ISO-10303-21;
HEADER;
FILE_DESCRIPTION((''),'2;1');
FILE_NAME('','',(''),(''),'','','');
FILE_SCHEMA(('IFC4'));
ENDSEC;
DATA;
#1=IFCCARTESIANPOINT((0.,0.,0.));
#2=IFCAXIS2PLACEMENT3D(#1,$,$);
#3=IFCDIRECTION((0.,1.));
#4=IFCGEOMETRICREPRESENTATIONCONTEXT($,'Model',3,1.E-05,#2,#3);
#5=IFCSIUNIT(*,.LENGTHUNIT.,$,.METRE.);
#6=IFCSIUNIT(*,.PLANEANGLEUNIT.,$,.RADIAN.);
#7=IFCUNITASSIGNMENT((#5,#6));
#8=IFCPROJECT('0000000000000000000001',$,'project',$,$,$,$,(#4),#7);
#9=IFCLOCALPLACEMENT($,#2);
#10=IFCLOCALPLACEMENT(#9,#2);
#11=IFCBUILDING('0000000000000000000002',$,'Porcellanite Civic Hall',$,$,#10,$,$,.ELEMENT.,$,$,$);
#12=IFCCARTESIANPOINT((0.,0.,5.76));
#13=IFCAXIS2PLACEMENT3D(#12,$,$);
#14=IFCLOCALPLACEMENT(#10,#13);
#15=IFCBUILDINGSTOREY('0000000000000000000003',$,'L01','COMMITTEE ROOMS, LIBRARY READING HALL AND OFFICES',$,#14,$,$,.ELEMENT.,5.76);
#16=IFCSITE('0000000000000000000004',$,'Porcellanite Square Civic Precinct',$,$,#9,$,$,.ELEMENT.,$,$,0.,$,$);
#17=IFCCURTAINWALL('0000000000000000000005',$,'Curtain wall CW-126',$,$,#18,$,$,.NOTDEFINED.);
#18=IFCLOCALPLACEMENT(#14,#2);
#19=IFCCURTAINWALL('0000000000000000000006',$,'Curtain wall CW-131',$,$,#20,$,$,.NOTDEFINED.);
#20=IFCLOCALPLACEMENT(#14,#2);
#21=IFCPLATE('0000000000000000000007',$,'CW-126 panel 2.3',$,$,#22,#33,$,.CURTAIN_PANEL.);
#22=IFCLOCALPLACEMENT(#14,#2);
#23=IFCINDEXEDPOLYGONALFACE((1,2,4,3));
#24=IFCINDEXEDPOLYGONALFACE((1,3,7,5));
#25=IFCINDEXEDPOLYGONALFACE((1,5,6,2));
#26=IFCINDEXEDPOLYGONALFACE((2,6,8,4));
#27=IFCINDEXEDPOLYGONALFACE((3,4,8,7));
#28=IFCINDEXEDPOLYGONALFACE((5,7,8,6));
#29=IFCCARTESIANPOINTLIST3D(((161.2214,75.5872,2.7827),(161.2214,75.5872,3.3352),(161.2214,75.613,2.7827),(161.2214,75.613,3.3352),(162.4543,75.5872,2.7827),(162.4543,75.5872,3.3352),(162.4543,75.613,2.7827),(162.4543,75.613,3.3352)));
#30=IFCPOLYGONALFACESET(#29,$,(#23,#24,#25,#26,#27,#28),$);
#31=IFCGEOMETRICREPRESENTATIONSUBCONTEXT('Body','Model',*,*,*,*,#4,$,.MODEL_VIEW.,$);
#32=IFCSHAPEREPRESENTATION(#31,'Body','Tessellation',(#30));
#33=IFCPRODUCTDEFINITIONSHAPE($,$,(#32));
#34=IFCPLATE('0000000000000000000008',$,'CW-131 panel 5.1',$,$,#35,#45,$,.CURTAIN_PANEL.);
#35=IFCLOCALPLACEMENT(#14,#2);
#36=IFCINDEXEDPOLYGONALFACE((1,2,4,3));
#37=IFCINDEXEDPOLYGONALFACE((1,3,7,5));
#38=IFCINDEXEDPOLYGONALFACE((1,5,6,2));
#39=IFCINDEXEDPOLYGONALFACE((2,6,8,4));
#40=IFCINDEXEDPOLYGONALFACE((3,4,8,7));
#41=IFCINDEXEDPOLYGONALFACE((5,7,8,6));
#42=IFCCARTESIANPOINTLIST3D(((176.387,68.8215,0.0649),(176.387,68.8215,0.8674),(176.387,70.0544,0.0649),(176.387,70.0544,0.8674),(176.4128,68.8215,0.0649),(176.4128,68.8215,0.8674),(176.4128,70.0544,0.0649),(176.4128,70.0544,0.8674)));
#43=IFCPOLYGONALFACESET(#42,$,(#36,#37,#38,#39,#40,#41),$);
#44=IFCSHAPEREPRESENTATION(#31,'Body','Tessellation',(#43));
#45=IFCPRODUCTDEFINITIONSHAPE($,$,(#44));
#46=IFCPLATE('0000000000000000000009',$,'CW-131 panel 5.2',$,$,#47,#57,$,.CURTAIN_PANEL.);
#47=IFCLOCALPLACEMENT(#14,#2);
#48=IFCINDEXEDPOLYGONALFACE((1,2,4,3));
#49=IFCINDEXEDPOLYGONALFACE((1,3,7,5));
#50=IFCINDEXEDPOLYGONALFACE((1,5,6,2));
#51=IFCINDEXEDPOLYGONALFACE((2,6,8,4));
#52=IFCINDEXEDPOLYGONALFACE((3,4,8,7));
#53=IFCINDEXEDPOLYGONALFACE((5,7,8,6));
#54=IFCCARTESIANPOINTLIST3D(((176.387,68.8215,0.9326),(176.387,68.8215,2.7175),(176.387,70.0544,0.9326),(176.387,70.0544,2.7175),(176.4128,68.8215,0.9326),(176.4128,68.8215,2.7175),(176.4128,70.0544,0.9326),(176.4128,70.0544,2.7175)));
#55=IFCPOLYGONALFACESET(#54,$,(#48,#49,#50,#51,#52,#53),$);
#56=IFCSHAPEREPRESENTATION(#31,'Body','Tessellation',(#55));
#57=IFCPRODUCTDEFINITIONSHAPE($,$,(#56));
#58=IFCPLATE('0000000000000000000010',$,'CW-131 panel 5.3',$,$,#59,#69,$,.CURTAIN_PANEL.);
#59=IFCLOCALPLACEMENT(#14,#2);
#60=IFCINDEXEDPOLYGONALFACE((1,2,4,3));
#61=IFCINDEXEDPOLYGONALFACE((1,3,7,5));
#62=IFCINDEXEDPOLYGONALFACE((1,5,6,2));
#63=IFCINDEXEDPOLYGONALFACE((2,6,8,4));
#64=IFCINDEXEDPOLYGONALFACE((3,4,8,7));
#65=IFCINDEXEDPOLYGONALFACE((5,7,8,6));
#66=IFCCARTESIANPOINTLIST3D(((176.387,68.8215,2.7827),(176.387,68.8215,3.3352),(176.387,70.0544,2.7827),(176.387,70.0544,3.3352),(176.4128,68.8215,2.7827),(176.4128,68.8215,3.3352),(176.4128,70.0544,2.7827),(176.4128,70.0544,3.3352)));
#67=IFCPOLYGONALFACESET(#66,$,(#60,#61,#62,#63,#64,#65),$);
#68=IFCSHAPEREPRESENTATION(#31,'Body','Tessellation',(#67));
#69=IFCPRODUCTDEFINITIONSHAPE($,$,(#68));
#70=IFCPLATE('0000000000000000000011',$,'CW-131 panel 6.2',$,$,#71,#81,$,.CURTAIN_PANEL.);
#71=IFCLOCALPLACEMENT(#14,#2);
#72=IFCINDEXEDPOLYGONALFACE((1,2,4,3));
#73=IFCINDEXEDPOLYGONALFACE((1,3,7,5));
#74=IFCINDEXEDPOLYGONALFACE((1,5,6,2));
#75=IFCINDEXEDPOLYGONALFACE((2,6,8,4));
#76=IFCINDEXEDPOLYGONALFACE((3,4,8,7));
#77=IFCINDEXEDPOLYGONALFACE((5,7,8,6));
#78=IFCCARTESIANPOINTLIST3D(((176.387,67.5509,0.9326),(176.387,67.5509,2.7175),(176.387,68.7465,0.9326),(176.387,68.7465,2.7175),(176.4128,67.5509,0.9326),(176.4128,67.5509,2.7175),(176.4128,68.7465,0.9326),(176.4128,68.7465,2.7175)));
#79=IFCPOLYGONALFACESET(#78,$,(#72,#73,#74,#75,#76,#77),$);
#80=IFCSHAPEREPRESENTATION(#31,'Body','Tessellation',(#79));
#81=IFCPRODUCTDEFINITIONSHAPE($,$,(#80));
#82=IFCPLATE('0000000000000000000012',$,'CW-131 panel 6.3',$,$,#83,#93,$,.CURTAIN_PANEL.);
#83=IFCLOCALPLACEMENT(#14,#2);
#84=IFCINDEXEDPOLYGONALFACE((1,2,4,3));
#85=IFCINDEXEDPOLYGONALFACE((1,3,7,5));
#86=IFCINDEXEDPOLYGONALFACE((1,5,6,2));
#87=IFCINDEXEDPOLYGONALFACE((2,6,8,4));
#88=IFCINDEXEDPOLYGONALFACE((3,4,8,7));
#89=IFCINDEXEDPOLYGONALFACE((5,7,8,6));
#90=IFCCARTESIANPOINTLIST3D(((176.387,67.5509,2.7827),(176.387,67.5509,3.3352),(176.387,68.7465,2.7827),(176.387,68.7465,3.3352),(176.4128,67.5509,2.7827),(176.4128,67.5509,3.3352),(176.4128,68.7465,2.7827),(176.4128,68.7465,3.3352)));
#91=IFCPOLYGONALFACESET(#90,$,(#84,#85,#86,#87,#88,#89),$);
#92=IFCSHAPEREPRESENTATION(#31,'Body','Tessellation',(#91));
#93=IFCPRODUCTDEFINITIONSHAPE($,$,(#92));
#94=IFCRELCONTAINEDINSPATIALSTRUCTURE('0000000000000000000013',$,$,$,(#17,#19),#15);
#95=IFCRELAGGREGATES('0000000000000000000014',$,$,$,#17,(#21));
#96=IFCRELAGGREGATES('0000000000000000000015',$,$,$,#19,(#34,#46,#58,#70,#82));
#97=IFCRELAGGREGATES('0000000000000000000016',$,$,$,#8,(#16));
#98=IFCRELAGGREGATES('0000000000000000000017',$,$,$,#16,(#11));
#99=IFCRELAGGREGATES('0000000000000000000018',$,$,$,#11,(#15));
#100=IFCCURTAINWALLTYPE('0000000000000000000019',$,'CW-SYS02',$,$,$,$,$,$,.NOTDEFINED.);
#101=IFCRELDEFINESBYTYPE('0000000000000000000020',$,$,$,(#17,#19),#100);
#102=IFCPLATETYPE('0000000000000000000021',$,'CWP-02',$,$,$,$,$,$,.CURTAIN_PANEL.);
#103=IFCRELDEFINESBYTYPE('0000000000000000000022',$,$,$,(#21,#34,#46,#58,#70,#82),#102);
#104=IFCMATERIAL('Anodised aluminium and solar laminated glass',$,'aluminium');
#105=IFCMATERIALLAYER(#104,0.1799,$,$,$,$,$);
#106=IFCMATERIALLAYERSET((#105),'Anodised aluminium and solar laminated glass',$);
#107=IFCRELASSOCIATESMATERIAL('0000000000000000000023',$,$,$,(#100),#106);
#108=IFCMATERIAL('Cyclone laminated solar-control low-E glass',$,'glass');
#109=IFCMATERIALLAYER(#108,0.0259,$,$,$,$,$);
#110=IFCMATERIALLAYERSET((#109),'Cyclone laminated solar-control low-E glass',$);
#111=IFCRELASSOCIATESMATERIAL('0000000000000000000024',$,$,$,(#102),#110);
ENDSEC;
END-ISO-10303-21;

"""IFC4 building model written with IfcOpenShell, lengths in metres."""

from ifc_helpers import new_model, si_unit, direction, frame, origin, origin_2d, place, context, subcontext, project, spatial, rectangle, extrude, material, layer, layer_set, type_object, element, aggregate, save


model = new_model("IFC4")

# Units and contexts
model_context = context("Model", 3, precision=1e-05, world=origin(), true_north=direction((0.0, 1.0)))
body_context = subcontext(model_context, "Body", "Model", "MODEL_VIEW")
ifc_project = project(units=[si_unit("LENGTHUNIT", "METRE"), si_unit("PLANEANGLEUNIT", "RADIAN")], contexts=[model_context])

# Site, building, storey
site_placement = place(None, origin())
site = spatial("IfcSite", under=ifc_project, at=site_placement, Name="Porcellanite Square Civic Precinct", CompositionType="ELEMENT", RefElevation=0.0)
building_placement = place(site_placement, origin())
building = spatial("IfcBuilding", under=site, at=building_placement, Name="Porcellanite Civic Hall", CompositionType="ELEMENT")
storey_placement = place(building_placement, frame((0.0, 0.0, 5.76)))
storey = spatial("IfcBuildingStorey", under=building, at=storey_placement, Name="L01", Description="COMMITTEE ROOMS, LIBRARY READING HALL AND OFFICES", CompositionType="ELEMENT", Elevation=5.76)

# Curtain wall
ifc_material_1 = material(Name="Anodised aluminium and solar laminated glass", Category="aluminium")
ifc_layer_1 = layer(ifc_material_1, 0.1799)
ifc_layer_set_1 = layer_set([ifc_layer_1], Name="Anodised aluminium and solar laminated glass")
curtain_wall_type = type_object("IfcCurtainWallType", Name="CW-SYS02", PredefinedType="NOTDEFINED", material=ifc_layer_set_1)
curtain_wall_1_placement = place(storey_placement, origin())
curtain_wall_1 = element("IfcCurtainWall", 1, at=curtain_wall_1_placement, inside=storey, type_object=curtain_wall_type, Name="Curtain wall CW-126", PredefinedType="NOTDEFINED")

# Curtain wall
curtain_wall_2_placement = place(storey_placement, origin())
curtain_wall_2 = element("IfcCurtainWall", 2, at=curtain_wall_2_placement, inside=storey, type_object=curtain_wall_type, Name="Curtain wall CW-131", PredefinedType="NOTDEFINED")

# Plates
ifc_material_2 = material(Name="Cyclone laminated solar-control low-E glass", Category="glass")
ifc_layer_2 = layer(ifc_material_2, 0.0259)
ifc_layer_set_2 = layer_set([ifc_layer_2], Name="Cyclone laminated solar-control low-E glass")
plate_type = type_object("IfcPlateType", Name="CWP-02", PredefinedType="CURTAIN_PANEL", material=ifc_layer_set_2)
plate_1_placement = place(storey_placement, frame((161.8379, 75.6001, 2.7827), z_axis=(0.0, 0.0, 1.0), x_axis=(1.0, 0.0, 0.0)))
plate_1 = element("IfcPlate", 3, at=plate_1_placement, type_object=plate_type, Name="CW-126 panel 2.3", PredefinedType="CURTAIN_PANEL", context=body_context, shape_type="SweptSolid", body=[
    extrude(rectangle(XDim=1.2329, YDim=0.0259, at=origin_2d()), origin(), (0.0, 0.0, 1.0), 0.5525),
])
aggregate(curtain_wall_1, [plate_1])
plate_2_placement = place(storey_placement, frame((176.3999, 69.438, 0.0649), z_axis=(0.0, 0.0, 1.0), x_axis=(0.0, -1.0, 0.0)))
plate_2 = element("IfcPlate", 4, at=plate_2_placement, type_object=plate_type, Name="CW-131 panel 5.1", PredefinedType="CURTAIN_PANEL", context=body_context, shape_type="SweptSolid", body=[
    extrude(rectangle(XDim=1.2329, YDim=0.0259, at=origin_2d()), origin(), (0.0, 0.0, 1.0), 0.8025),
])
plate_3_placement = place(storey_placement, frame((176.3999, 69.438, 0.9326), z_axis=(0.0, 0.0, 1.0), x_axis=(0.0, -1.0, 0.0)))
plate_3 = element("IfcPlate", 5, at=plate_3_placement, type_object=plate_type, Name="CW-131 panel 5.2", PredefinedType="CURTAIN_PANEL", context=body_context, shape_type="SweptSolid", body=[
    extrude(rectangle(XDim=1.2329, YDim=0.0259, at=origin_2d()), origin(), (0.0, 0.0, 1.0), 1.7849),
])
plate_4_placement = place(storey_placement, frame((176.3999, 69.438, 2.7827), z_axis=(0.0, 0.0, 1.0), x_axis=(0.0, -1.0, 0.0)))
plate_4 = element("IfcPlate", 6, at=plate_4_placement, type_object=plate_type, Name="CW-131 panel 5.3", PredefinedType="CURTAIN_PANEL", context=body_context, shape_type="SweptSolid", body=[
    extrude(rectangle(XDim=1.2329, YDim=0.0259, at=origin_2d()), origin(), (0.0, 0.0, 1.0), 0.5525),
])
plate_5_placement = place(storey_placement, frame((176.3999, 68.1487, 0.9326), z_axis=(0.0, 0.0, 1.0), x_axis=(0.0, -1.0, 0.0)))
plate_5 = element("IfcPlate", 7, at=plate_5_placement, type_object=plate_type, Name="CW-131 panel 6.2", PredefinedType="CURTAIN_PANEL", context=body_context, shape_type="SweptSolid", body=[
    extrude(rectangle(XDim=1.1956, YDim=0.0259, at=origin_2d()), origin(), (0.0, 0.0, 1.0), 1.7849),
])
plate_6_placement = place(storey_placement, frame((176.3999, 68.1487, 2.7827), z_axis=(0.0, 0.0, 1.0), x_axis=(0.0, -1.0, 0.0)))
plate_6 = element("IfcPlate", 8, at=plate_6_placement, type_object=plate_type, Name="CW-131 panel 6.3", PredefinedType="CURTAIN_PANEL", context=body_context, shape_type="SweptSolid", body=[
    extrude(rectangle(XDim=1.1956, YDim=0.0259, at=origin_2d()), origin(), (0.0, 0.0, 1.0), 0.5525),
])
aggregate(curtain_wall_2, [plate_2, plate_3, plate_4, plate_5, plate_6])

save(model, "model.ifc")
